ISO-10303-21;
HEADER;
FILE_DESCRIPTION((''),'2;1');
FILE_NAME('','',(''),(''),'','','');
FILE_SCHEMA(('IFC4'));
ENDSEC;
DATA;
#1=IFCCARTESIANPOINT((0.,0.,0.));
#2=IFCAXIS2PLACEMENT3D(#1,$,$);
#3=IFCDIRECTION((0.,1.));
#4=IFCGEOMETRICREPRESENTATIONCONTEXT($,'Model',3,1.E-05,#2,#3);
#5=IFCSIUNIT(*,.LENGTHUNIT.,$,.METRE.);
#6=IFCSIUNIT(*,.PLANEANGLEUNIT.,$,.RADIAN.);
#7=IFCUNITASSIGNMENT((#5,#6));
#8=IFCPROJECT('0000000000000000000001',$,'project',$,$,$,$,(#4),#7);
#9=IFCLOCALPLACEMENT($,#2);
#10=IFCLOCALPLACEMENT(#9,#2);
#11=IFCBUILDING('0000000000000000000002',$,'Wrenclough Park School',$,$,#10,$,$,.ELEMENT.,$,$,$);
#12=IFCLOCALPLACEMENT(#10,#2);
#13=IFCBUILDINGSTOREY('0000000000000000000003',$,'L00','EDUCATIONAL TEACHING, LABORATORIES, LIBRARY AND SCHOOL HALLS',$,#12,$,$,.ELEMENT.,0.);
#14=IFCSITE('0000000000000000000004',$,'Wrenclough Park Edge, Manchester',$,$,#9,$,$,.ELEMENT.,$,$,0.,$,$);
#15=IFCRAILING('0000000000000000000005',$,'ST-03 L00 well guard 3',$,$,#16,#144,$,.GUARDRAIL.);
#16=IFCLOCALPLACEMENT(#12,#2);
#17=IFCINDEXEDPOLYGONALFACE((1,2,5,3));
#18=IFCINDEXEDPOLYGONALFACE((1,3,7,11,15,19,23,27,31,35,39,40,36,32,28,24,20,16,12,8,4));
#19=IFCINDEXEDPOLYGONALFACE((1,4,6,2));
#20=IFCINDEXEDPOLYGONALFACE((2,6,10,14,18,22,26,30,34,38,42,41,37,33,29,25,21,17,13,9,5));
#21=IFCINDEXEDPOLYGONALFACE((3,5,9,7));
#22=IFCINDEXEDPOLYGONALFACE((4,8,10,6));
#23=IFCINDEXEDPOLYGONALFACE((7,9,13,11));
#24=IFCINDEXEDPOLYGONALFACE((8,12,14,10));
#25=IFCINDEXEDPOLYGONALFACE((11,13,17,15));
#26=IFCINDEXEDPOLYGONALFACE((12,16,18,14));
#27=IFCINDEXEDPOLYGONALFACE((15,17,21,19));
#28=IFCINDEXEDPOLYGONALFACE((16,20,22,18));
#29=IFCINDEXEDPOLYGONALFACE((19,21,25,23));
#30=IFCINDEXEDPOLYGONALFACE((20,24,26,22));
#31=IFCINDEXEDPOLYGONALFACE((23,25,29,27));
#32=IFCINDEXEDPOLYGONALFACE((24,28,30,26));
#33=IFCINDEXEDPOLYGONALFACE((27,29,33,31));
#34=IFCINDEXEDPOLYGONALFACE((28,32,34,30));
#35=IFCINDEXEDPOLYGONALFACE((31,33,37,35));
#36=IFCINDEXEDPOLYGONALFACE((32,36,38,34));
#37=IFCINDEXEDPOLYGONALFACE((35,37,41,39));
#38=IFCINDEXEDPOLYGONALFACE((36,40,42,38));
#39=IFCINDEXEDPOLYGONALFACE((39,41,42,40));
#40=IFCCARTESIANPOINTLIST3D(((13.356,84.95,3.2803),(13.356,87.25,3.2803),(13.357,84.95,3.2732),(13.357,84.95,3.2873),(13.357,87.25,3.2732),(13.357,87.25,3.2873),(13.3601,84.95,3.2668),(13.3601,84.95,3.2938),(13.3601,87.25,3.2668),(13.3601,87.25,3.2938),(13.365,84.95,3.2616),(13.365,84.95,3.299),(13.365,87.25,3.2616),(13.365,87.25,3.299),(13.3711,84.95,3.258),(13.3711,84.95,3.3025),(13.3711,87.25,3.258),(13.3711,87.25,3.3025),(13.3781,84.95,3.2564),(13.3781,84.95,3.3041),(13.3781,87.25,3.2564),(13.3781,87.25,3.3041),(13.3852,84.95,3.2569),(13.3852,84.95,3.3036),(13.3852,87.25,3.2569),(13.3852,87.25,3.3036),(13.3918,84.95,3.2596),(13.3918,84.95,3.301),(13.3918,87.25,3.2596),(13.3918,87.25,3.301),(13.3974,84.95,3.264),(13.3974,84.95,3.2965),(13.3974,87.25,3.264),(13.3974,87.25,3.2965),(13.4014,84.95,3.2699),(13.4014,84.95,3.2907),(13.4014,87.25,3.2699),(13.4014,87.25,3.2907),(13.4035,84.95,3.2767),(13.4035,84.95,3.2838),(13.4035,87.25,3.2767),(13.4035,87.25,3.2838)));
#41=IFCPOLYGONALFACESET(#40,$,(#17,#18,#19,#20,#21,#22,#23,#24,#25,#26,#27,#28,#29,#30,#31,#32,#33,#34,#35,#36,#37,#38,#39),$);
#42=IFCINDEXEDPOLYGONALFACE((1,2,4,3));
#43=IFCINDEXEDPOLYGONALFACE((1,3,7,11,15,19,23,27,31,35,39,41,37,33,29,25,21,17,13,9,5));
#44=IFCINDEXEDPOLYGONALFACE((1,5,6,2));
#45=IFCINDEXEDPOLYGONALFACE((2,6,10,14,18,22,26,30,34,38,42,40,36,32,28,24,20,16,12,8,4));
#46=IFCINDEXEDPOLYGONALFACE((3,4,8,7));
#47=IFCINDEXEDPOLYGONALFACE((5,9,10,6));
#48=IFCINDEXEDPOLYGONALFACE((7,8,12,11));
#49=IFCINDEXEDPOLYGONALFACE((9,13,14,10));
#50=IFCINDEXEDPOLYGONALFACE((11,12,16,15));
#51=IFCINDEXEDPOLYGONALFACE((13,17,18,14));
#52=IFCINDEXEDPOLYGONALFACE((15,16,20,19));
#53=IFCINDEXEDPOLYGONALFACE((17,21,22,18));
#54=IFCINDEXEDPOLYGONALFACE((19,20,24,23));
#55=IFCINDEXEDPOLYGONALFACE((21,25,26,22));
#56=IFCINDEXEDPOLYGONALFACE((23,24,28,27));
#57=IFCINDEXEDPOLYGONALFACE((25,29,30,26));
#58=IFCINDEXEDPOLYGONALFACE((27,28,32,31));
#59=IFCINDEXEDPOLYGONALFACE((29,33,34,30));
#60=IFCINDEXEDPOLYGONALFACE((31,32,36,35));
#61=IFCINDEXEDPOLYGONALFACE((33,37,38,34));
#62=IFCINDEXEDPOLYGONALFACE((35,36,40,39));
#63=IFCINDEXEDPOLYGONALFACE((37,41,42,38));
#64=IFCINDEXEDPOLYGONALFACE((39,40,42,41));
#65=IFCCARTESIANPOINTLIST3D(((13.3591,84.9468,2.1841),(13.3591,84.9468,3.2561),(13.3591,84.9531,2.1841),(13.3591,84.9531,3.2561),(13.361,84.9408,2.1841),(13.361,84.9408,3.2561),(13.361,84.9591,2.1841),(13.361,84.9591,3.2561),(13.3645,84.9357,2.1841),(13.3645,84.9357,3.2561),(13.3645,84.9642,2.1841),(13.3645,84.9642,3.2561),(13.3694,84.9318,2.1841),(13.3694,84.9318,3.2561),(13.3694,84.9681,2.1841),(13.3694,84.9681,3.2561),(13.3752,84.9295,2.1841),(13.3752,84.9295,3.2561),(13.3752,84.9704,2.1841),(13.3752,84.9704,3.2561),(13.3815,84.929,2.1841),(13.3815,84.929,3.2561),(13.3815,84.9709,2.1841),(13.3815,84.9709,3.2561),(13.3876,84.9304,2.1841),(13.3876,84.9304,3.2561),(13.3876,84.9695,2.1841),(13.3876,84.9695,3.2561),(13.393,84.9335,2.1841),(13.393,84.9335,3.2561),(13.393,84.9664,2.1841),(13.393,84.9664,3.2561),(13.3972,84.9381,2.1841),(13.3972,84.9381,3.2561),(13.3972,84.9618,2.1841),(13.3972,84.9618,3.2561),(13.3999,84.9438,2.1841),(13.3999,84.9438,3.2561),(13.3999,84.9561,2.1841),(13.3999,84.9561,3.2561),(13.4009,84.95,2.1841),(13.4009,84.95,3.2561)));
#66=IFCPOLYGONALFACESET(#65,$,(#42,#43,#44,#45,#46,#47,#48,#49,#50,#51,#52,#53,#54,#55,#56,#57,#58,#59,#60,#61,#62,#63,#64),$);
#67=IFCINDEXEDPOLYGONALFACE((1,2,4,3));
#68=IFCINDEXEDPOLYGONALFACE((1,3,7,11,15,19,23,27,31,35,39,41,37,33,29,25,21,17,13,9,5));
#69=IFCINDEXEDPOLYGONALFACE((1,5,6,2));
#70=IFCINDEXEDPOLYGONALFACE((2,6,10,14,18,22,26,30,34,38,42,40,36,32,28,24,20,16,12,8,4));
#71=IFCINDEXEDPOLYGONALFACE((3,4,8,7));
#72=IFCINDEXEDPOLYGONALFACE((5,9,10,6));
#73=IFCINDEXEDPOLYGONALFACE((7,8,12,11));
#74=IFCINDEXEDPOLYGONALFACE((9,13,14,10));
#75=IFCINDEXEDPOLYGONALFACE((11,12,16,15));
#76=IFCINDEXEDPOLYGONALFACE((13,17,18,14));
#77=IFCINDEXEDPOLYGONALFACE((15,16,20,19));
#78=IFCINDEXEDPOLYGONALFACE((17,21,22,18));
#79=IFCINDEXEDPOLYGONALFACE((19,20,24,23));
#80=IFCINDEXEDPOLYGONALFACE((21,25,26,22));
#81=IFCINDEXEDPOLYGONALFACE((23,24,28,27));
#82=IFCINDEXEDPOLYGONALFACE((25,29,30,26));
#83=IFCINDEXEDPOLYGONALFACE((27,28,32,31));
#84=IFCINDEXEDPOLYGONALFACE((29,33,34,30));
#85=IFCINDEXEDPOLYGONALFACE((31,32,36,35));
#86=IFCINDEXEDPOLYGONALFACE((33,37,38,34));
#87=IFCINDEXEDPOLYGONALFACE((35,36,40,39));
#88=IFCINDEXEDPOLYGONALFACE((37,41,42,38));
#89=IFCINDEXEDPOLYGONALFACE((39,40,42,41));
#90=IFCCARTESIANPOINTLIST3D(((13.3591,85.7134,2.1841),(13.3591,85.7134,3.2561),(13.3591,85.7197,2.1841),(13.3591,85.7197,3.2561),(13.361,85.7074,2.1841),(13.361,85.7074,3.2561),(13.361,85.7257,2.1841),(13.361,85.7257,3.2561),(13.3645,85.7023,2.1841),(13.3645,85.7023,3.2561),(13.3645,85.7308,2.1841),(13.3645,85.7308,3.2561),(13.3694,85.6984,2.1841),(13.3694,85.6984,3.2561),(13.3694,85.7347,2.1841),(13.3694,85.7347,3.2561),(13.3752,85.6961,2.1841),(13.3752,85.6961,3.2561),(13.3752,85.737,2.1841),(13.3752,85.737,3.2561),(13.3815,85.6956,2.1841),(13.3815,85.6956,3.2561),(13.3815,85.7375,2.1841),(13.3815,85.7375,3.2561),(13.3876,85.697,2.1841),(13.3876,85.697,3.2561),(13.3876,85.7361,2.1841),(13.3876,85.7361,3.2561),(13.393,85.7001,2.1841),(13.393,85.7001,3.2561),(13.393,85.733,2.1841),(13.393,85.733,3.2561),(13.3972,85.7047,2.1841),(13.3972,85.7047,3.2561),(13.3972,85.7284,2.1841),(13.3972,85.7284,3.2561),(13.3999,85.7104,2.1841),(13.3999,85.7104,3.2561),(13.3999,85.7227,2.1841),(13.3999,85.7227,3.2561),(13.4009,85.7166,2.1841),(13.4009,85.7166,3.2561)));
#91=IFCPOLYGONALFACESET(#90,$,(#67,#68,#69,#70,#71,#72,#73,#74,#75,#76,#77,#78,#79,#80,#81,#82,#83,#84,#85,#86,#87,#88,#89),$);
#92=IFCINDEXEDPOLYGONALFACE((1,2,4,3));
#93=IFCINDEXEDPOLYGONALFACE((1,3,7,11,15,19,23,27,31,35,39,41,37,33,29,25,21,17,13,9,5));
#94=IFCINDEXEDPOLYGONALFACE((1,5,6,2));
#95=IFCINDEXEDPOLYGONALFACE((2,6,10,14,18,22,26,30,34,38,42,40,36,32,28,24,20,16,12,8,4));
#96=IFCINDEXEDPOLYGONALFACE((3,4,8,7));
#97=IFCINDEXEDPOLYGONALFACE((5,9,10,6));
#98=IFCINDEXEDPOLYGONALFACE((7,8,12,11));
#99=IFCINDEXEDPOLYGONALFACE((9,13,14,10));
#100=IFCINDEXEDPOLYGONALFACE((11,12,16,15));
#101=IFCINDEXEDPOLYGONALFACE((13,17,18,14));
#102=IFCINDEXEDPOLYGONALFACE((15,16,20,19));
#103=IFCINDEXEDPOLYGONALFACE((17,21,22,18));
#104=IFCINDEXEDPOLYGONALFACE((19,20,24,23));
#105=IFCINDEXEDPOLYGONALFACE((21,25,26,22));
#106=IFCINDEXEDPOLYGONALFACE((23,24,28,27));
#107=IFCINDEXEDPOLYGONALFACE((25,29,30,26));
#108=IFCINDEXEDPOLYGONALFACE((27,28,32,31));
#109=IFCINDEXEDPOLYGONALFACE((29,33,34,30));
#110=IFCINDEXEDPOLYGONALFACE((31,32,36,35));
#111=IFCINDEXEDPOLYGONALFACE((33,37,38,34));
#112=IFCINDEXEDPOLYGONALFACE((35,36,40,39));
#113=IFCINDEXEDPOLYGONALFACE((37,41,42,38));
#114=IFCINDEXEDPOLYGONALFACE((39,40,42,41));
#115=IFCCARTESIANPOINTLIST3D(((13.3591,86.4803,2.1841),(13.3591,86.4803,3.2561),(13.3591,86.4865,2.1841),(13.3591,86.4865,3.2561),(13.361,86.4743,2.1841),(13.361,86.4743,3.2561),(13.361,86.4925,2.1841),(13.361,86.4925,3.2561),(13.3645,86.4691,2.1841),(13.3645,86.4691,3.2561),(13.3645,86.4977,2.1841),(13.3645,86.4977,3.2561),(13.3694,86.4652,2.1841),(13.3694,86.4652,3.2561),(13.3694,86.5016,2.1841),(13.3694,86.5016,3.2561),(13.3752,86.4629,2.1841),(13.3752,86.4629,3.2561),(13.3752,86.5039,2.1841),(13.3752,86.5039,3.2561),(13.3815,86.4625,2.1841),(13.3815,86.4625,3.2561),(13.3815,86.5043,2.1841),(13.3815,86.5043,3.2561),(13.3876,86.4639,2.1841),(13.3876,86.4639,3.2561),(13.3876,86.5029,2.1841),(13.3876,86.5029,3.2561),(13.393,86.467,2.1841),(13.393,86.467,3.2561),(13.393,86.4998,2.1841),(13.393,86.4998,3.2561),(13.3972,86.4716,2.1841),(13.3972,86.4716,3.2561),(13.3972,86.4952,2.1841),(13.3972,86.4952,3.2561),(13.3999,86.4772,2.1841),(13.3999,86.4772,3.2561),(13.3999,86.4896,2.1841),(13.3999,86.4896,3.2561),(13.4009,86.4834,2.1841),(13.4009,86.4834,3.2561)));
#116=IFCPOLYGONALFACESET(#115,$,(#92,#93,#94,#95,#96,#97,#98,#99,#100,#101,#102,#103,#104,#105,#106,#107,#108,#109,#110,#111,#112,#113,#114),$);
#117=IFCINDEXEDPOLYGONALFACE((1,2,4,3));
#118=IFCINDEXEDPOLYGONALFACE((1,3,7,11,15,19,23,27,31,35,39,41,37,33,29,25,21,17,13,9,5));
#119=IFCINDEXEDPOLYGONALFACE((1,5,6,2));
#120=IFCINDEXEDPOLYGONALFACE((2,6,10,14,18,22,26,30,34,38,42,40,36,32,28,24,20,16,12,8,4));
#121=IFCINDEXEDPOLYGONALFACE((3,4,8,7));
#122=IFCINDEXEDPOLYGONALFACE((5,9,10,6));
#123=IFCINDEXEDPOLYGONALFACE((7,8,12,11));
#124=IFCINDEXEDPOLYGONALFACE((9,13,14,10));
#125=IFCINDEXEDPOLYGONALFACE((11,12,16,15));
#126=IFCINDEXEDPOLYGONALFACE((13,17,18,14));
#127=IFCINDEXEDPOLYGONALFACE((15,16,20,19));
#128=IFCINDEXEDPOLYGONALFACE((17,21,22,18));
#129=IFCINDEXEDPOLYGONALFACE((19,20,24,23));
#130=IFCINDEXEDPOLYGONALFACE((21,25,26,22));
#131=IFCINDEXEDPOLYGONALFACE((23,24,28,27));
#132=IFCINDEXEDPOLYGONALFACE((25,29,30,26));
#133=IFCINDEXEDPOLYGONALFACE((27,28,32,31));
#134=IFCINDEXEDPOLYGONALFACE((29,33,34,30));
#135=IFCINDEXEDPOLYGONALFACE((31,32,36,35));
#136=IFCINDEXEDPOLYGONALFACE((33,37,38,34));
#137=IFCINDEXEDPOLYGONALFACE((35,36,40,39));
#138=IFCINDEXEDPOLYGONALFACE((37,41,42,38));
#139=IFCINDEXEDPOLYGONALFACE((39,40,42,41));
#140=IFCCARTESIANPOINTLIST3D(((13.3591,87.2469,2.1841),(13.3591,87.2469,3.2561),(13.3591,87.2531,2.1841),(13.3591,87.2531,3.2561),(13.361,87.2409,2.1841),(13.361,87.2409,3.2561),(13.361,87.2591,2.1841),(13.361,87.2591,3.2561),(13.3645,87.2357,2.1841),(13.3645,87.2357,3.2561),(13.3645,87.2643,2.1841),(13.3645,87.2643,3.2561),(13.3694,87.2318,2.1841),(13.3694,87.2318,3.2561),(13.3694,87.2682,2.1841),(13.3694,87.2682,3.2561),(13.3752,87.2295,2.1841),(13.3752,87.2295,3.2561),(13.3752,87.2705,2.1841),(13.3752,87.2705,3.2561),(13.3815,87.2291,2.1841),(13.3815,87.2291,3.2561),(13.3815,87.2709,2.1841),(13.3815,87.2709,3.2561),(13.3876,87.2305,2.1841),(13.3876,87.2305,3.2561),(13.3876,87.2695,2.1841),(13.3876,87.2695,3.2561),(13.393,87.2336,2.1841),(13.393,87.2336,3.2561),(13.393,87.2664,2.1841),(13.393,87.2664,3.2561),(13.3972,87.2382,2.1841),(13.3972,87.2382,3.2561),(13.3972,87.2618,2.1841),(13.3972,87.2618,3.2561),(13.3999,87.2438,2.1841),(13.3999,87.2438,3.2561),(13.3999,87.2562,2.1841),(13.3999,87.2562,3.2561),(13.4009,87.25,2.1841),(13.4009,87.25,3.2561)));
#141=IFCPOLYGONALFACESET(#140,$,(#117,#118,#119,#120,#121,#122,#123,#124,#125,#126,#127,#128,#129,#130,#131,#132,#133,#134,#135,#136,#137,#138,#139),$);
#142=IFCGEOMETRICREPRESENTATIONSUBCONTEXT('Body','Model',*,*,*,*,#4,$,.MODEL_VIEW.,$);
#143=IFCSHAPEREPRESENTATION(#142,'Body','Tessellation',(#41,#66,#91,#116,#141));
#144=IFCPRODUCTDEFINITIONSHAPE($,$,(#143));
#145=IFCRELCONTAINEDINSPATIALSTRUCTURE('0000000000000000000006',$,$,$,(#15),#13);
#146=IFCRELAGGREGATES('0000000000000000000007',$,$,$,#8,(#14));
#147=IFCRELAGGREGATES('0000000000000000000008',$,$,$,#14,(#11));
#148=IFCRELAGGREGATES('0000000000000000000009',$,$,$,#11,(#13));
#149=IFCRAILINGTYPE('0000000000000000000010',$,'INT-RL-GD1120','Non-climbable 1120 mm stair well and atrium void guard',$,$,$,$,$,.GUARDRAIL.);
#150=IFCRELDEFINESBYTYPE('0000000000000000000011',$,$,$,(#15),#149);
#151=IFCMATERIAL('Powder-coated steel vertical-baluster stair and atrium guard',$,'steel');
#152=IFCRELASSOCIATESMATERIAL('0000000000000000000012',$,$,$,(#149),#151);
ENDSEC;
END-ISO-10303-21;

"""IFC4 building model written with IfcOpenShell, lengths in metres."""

from ifc_helpers import new_model, si_unit, direction, frame, origin, origin_2d, place, context, subcontext, project, spatial, circle, extrude, material, type_object, element, save


model = new_model("IFC4")

# Units and contexts
model_context = context("Model", 3, precision=1e-05, world=origin(), true_north=direction((0.0, 1.0)))
body_context = subcontext(model_context, "Body", "Model", "MODEL_VIEW")
ifc_project = project(units=[si_unit("LENGTHUNIT", "METRE"), si_unit("PLANEANGLEUNIT", "RADIAN")], contexts=[model_context])

# Site, building, storey
site_placement = place(None, origin())
site = spatial("IfcSite", under=ifc_project, at=site_placement, Name="Wrenclough Park Edge, Manchester", CompositionType="ELEMENT", RefElevation=0.0)
building_placement = place(site_placement, origin())
building = spatial("IfcBuilding", under=site, at=building_placement, Name="Wrenclough Park School", CompositionType="ELEMENT")
storey_placement = place(building_placement, origin())
storey = spatial("IfcBuildingStorey", under=building, at=storey_placement, Name="L00", Description="EDUCATIONAL TEACHING, LABORATORIES, LIBRARY AND SCHOOL HALLS", CompositionType="ELEMENT", Elevation=0.0)

# Railing
ifc_material_1 = material(Name="Powder-coated steel vertical-baluster stair and atrium guard", Category="steel")
railing_type_1 = type_object("IfcRailingType", Name="INT-RL-GD1120", Description="Non-climbable 1120 mm stair well and atrium void guard", PredefinedType="GUARDRAIL", material=ifc_material_1)
railing_1_placement = place(storey_placement, frame((13.3799, 84.95, 2.1841)))
element("IfcRailing", 1, at=railing_1_placement, inside=storey, type_object=railing_type_1, Name="ST-03 L00 well guard 3", PredefinedType="GUARDRAIL", context=body_context, shape_type="SweptSolid", body=[
    extrude(circle(Radius=0.0239, at=origin_2d()), frame((0.0, 0.0, 1.0962), z_axis=(0.0, 1.0, 0.0), x_axis=(-1.0, 0.0, 0.0)), (0.0, 0.0, 1.0), 2.3),
    extrude(circle(Radius=0.021, at=origin_2d()), origin(), (0.0, 0.0, 1.0), 1.072),
    extrude(circle(Radius=0.021, at=origin_2d()), frame((0.0, 0.7666, 0.0)), (0.0, 0.0, 1.0), 1.072),
    extrude(circle(Radius=0.021, at=origin_2d()), frame((0.0, 1.5334, 0.0)), (0.0, 0.0, 1.0), 1.072),
    extrude(circle(Radius=0.021, at=origin_2d()), frame((0.0, 2.3, 0.0)), (0.0, 0.0, 1.0), 1.072),
])

save(model, "model.ifc")
